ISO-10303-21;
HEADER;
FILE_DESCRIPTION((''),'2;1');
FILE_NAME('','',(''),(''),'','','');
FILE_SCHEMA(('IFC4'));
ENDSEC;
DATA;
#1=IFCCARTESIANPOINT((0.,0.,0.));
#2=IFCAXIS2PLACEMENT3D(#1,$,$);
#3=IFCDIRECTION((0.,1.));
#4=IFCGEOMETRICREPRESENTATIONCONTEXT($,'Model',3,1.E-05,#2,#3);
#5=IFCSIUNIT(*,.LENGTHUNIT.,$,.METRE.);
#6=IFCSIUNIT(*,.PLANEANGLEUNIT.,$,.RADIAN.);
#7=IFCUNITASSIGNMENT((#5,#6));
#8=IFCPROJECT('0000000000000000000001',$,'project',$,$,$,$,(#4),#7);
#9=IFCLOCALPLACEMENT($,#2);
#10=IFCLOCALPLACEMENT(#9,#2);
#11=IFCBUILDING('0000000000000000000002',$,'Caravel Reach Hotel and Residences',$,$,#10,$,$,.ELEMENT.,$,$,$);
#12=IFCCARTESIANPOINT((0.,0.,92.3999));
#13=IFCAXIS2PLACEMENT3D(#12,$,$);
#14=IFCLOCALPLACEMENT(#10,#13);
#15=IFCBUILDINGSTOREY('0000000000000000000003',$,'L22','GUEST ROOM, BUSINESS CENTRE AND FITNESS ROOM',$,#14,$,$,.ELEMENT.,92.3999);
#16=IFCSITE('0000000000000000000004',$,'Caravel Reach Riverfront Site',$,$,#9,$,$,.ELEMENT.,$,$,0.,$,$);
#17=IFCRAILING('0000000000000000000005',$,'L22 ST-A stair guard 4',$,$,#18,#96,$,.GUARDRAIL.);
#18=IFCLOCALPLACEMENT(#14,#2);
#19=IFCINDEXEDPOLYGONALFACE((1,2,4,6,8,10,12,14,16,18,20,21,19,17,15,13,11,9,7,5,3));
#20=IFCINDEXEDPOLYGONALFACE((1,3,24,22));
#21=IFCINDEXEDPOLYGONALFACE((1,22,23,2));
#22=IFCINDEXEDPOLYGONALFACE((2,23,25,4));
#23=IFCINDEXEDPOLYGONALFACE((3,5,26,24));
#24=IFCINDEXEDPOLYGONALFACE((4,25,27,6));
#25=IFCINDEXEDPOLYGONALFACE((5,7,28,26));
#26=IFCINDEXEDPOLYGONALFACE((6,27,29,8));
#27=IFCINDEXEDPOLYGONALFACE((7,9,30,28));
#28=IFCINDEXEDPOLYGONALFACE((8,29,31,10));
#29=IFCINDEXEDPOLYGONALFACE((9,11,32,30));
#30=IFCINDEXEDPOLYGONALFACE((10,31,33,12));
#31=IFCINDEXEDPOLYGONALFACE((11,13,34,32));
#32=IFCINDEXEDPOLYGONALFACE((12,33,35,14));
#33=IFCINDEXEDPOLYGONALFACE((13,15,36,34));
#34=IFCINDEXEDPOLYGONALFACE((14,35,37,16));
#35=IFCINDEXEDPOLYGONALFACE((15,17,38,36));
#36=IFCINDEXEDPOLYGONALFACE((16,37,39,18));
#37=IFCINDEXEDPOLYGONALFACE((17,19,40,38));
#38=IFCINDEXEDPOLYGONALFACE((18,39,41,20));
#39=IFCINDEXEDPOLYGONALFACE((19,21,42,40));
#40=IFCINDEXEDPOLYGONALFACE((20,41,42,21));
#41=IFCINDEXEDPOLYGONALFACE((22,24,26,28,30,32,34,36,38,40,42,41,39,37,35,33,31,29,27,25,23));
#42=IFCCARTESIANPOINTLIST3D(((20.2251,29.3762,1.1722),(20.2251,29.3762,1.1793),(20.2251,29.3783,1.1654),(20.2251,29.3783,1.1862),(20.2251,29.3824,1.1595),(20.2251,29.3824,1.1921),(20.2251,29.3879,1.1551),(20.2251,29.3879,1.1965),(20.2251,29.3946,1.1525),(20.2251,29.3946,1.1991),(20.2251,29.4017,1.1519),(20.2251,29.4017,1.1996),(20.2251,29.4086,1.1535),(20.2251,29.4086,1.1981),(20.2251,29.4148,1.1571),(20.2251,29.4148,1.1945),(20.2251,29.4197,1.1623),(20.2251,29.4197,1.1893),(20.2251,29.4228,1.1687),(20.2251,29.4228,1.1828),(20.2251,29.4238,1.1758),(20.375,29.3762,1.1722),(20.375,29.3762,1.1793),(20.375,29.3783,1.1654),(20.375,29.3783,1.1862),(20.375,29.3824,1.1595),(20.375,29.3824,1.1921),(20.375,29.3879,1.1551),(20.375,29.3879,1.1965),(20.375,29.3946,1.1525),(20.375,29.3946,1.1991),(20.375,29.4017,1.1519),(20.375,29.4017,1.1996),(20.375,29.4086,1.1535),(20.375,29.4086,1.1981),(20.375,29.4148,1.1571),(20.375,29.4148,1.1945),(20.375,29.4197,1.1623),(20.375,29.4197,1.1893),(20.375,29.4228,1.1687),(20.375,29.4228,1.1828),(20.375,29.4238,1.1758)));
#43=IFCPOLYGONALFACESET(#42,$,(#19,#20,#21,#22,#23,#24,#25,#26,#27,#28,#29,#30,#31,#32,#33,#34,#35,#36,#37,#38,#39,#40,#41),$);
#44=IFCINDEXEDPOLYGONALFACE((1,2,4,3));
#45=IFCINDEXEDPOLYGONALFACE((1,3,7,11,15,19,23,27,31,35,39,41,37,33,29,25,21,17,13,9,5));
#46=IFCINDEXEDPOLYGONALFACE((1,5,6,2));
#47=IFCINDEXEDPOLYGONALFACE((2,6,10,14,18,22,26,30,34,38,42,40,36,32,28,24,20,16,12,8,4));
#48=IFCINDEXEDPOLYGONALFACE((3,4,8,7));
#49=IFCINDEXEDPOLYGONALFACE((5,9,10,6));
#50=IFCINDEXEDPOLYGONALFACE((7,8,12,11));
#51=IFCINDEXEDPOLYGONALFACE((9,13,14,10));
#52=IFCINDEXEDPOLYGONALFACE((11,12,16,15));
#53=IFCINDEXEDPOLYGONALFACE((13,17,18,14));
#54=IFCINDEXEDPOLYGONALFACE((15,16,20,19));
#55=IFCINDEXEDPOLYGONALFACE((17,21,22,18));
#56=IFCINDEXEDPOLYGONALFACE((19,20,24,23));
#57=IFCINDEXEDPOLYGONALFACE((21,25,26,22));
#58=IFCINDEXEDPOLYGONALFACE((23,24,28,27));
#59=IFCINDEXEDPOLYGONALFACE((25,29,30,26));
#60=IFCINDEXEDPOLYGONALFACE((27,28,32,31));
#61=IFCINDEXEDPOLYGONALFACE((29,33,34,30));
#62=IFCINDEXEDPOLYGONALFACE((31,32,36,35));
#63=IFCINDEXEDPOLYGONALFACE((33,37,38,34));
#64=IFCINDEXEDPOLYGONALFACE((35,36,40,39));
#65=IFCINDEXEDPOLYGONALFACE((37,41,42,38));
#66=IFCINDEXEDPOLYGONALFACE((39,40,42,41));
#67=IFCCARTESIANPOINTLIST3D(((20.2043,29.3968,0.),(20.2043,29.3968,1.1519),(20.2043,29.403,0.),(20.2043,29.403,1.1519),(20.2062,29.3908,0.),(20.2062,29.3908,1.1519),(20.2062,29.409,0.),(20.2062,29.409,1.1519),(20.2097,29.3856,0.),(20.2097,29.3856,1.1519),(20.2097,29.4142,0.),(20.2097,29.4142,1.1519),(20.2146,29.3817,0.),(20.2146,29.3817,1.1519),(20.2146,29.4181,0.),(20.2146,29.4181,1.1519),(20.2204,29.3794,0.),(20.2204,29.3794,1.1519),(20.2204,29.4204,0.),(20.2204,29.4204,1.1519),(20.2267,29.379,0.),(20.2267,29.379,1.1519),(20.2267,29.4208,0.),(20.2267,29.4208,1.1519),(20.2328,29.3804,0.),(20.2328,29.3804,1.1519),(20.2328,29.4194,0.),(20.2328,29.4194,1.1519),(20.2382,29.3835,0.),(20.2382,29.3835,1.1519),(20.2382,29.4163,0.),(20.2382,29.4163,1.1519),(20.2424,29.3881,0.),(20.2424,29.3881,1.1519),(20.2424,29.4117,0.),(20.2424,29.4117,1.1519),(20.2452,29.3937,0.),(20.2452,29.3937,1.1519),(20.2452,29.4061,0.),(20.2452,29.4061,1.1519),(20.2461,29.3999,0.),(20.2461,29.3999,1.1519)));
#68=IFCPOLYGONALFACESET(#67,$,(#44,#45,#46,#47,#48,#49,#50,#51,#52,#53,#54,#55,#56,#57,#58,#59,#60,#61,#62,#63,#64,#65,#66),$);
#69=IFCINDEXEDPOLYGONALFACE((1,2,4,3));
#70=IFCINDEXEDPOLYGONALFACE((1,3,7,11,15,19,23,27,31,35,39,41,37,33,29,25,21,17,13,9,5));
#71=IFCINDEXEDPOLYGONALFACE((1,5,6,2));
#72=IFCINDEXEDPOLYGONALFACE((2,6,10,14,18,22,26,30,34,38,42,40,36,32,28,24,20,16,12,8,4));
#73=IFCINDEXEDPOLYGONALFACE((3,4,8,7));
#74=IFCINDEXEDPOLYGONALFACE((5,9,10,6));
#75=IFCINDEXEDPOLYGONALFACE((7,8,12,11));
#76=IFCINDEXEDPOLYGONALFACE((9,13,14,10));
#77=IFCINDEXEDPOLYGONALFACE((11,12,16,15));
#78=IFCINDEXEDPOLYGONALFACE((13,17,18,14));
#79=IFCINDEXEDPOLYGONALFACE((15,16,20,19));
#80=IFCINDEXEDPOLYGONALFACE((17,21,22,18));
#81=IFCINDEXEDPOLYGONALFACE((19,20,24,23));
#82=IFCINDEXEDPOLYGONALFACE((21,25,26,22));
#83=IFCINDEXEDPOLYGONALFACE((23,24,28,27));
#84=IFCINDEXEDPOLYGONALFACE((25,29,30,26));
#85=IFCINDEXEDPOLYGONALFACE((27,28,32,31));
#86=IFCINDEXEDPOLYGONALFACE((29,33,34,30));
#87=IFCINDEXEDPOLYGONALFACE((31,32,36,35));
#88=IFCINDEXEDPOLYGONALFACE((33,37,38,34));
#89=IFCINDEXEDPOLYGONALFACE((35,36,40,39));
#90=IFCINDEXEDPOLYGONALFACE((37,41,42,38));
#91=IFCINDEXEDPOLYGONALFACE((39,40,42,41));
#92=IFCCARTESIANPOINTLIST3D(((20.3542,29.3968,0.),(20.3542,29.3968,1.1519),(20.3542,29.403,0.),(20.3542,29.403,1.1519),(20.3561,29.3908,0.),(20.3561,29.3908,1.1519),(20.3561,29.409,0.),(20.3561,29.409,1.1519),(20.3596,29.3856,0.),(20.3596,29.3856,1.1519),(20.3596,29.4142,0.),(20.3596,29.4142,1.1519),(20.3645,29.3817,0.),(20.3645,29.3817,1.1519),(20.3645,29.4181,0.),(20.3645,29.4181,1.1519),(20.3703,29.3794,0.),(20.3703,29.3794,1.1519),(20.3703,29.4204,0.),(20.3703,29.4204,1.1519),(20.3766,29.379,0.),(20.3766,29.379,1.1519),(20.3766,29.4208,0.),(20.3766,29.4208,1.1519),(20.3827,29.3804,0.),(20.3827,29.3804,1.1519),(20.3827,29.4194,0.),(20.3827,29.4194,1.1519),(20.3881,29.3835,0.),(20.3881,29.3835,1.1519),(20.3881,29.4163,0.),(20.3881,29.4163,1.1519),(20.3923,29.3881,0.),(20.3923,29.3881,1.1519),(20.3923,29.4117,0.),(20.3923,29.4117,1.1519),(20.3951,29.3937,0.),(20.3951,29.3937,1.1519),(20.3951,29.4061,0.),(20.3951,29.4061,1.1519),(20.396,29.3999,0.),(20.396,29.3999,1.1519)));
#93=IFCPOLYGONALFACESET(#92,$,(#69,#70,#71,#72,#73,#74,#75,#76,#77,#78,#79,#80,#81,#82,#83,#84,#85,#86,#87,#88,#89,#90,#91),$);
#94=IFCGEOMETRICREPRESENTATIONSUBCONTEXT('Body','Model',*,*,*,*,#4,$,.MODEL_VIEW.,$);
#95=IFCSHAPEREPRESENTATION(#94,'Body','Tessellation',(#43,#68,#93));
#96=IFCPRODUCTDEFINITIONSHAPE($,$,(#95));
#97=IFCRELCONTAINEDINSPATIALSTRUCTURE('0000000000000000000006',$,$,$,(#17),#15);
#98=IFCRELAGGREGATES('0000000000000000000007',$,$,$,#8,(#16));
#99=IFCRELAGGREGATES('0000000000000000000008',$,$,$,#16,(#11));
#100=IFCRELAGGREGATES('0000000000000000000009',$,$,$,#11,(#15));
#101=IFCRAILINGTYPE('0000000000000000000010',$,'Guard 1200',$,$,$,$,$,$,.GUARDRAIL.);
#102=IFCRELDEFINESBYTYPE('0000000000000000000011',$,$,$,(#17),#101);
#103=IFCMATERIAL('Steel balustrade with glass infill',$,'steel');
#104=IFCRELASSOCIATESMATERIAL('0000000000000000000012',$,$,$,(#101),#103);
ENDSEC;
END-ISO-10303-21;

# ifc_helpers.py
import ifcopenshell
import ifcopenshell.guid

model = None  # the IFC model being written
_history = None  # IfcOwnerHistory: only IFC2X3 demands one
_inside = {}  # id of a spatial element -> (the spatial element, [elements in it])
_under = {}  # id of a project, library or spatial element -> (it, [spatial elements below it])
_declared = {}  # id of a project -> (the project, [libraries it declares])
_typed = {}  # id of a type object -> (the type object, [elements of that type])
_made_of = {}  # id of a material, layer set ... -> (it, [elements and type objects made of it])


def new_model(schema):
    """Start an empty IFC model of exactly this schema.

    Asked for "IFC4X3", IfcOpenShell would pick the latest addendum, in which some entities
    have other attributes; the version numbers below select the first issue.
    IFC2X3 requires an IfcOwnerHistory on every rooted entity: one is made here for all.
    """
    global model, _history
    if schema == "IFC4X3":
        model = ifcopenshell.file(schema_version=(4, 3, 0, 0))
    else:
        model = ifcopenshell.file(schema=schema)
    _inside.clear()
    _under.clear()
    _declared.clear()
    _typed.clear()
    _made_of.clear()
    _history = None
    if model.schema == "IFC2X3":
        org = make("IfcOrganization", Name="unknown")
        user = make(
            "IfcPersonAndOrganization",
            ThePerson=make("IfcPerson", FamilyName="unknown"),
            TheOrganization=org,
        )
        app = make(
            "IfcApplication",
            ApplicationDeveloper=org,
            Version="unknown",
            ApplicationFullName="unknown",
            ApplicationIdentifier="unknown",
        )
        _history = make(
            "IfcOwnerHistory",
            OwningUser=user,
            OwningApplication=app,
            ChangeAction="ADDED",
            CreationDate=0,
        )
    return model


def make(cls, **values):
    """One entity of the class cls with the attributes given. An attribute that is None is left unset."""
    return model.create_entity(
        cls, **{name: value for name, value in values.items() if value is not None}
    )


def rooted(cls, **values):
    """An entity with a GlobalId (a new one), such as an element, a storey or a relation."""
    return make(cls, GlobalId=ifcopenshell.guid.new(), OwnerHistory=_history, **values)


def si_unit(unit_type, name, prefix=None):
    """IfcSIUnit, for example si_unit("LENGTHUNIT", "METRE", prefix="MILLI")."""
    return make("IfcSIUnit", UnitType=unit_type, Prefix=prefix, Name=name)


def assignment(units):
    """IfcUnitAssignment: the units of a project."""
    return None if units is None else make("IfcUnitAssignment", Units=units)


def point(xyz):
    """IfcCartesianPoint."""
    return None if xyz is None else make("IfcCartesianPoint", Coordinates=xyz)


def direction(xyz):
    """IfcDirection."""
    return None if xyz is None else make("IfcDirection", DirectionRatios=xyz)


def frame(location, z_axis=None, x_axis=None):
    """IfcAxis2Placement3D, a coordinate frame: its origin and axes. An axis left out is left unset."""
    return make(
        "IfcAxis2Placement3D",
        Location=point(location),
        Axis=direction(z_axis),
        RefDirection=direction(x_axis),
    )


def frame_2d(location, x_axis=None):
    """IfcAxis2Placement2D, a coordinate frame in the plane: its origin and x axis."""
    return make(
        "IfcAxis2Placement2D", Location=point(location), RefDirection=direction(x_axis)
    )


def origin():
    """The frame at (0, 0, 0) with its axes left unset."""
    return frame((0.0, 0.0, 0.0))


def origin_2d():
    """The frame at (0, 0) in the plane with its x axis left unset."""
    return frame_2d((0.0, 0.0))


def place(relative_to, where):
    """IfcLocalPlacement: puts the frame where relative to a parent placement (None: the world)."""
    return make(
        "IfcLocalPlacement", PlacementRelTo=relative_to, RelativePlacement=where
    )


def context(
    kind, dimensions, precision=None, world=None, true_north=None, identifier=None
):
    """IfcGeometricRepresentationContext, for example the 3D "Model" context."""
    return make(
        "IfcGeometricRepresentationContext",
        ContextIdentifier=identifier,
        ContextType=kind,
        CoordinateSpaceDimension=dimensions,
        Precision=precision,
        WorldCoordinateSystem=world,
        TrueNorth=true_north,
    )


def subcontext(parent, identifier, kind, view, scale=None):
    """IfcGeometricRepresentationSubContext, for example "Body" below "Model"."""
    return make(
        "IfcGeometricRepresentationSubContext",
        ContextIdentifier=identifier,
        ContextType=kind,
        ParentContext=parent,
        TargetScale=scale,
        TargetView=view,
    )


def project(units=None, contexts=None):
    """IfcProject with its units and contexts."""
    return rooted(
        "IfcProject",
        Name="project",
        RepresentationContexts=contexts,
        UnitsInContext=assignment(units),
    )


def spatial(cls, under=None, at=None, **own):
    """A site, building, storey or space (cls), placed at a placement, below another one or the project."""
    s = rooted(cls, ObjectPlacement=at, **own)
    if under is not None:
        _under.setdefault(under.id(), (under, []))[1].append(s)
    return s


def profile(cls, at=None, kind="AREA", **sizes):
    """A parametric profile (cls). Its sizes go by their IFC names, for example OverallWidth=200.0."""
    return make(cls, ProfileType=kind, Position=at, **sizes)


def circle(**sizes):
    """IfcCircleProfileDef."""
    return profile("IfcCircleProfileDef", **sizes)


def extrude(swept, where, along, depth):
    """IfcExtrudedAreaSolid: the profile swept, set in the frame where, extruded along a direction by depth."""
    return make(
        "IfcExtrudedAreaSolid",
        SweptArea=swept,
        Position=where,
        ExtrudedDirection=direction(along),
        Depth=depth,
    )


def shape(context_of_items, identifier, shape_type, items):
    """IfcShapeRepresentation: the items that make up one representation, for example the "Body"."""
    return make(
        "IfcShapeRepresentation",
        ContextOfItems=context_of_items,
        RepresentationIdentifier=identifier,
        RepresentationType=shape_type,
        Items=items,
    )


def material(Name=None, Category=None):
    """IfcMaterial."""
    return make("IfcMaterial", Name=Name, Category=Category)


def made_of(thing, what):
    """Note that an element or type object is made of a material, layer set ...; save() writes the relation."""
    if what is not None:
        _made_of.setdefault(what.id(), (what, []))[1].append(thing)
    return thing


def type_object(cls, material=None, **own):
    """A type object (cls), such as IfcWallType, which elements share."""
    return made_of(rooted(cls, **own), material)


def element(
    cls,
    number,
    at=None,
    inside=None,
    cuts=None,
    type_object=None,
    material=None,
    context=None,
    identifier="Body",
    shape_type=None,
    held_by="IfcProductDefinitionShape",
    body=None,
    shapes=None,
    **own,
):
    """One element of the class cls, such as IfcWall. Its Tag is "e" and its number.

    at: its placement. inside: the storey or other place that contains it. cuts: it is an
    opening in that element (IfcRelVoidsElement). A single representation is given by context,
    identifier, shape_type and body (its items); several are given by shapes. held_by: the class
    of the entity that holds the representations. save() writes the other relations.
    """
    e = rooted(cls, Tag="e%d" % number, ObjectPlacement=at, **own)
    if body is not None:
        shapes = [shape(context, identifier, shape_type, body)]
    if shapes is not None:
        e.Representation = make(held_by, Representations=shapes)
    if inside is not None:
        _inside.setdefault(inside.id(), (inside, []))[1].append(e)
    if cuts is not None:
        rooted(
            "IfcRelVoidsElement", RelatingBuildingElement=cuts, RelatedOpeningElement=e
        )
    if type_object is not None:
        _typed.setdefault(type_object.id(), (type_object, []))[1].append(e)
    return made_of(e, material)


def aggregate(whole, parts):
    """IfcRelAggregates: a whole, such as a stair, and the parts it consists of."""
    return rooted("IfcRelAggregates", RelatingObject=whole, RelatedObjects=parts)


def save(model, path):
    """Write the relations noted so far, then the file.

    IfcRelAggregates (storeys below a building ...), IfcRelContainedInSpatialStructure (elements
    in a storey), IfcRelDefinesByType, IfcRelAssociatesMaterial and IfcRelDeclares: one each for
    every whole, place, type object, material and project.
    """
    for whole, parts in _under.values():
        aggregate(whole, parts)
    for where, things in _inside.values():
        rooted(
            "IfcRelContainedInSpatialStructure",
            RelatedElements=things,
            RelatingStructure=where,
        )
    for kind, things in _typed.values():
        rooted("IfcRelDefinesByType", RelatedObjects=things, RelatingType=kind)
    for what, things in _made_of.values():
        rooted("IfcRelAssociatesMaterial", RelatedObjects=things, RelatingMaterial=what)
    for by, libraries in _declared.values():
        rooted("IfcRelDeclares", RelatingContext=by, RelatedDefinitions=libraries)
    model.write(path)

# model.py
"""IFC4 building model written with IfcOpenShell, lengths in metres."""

from ifc_helpers import new_model, si_unit, direction, frame, origin, origin_2d, place, context, subcontext, project, spatial, circle, extrude, material, type_object, element, save


model = new_model("IFC4")

# Units and contexts
model_context = context("Model", 3, precision=1e-05, world=origin(), true_north=direction((0.0, 1.0)))
body_context = subcontext(model_context, "Body", "Model", "MODEL_VIEW")
ifc_project = project(units=[si_unit("LENGTHUNIT", "METRE"), si_unit("PLANEANGLEUNIT", "RADIAN")], contexts=[model_context])

# Site, building, storey
site_placement = place(None, origin())
site = spatial("IfcSite", under=ifc_project, at=site_placement, Name="Caravel Reach Riverfront Site", CompositionType="ELEMENT", RefElevation=0.0)
building_placement = place(site_placement, origin())
building = spatial("IfcBuilding", under=site, at=building_placement, Name="Caravel Reach Hotel and Residences", CompositionType="ELEMENT")
storey_placement = place(building_placement, frame((0.0, 0.0, 92.3999)))
storey = spatial("IfcBuildingStorey", under=building, at=storey_placement, Name="L22", Description="GUEST ROOM, BUSINESS CENTRE AND FITNESS ROOM", CompositionType="ELEMENT", Elevation=92.3999)

# Railing
ifc_material_1 = material(Name="Steel balustrade with glass infill", Category="steel")
railing_type_1 = type_object("IfcRailingType", Name="Guard 1200", PredefinedType="GUARDRAIL", material=ifc_material_1)
railing_1_placement = place(storey_placement, frame((20.2251, 29.3999, 0.0)))
element("IfcRailing", 1, at=railing_1_placement, inside=storey, type_object=railing_type_1, Name="L22 ST-A stair guard 4", PredefinedType="GUARDRAIL", context=body_context, shape_type="SweptSolid", body=[
    extrude(circle(Radius=0.0239, at=origin_2d()), frame((0.0, 0.0, 1.1758), z_axis=(1.0, 0.0, 0.0), x_axis=(0.0, 1.0, 0.0)), (0.0, 0.0, 1.0), 0.1499),
    extrude(circle(Radius=0.021, at=origin_2d()), origin(), (0.0, 0.0, 1.0), 1.1519),
    extrude(circle(Radius=0.021, at=origin_2d()), frame((0.1499, 0.0, 0.0)), (0.0, 0.0, 1.0), 1.1519),
])

save(model, "model.ifc")
